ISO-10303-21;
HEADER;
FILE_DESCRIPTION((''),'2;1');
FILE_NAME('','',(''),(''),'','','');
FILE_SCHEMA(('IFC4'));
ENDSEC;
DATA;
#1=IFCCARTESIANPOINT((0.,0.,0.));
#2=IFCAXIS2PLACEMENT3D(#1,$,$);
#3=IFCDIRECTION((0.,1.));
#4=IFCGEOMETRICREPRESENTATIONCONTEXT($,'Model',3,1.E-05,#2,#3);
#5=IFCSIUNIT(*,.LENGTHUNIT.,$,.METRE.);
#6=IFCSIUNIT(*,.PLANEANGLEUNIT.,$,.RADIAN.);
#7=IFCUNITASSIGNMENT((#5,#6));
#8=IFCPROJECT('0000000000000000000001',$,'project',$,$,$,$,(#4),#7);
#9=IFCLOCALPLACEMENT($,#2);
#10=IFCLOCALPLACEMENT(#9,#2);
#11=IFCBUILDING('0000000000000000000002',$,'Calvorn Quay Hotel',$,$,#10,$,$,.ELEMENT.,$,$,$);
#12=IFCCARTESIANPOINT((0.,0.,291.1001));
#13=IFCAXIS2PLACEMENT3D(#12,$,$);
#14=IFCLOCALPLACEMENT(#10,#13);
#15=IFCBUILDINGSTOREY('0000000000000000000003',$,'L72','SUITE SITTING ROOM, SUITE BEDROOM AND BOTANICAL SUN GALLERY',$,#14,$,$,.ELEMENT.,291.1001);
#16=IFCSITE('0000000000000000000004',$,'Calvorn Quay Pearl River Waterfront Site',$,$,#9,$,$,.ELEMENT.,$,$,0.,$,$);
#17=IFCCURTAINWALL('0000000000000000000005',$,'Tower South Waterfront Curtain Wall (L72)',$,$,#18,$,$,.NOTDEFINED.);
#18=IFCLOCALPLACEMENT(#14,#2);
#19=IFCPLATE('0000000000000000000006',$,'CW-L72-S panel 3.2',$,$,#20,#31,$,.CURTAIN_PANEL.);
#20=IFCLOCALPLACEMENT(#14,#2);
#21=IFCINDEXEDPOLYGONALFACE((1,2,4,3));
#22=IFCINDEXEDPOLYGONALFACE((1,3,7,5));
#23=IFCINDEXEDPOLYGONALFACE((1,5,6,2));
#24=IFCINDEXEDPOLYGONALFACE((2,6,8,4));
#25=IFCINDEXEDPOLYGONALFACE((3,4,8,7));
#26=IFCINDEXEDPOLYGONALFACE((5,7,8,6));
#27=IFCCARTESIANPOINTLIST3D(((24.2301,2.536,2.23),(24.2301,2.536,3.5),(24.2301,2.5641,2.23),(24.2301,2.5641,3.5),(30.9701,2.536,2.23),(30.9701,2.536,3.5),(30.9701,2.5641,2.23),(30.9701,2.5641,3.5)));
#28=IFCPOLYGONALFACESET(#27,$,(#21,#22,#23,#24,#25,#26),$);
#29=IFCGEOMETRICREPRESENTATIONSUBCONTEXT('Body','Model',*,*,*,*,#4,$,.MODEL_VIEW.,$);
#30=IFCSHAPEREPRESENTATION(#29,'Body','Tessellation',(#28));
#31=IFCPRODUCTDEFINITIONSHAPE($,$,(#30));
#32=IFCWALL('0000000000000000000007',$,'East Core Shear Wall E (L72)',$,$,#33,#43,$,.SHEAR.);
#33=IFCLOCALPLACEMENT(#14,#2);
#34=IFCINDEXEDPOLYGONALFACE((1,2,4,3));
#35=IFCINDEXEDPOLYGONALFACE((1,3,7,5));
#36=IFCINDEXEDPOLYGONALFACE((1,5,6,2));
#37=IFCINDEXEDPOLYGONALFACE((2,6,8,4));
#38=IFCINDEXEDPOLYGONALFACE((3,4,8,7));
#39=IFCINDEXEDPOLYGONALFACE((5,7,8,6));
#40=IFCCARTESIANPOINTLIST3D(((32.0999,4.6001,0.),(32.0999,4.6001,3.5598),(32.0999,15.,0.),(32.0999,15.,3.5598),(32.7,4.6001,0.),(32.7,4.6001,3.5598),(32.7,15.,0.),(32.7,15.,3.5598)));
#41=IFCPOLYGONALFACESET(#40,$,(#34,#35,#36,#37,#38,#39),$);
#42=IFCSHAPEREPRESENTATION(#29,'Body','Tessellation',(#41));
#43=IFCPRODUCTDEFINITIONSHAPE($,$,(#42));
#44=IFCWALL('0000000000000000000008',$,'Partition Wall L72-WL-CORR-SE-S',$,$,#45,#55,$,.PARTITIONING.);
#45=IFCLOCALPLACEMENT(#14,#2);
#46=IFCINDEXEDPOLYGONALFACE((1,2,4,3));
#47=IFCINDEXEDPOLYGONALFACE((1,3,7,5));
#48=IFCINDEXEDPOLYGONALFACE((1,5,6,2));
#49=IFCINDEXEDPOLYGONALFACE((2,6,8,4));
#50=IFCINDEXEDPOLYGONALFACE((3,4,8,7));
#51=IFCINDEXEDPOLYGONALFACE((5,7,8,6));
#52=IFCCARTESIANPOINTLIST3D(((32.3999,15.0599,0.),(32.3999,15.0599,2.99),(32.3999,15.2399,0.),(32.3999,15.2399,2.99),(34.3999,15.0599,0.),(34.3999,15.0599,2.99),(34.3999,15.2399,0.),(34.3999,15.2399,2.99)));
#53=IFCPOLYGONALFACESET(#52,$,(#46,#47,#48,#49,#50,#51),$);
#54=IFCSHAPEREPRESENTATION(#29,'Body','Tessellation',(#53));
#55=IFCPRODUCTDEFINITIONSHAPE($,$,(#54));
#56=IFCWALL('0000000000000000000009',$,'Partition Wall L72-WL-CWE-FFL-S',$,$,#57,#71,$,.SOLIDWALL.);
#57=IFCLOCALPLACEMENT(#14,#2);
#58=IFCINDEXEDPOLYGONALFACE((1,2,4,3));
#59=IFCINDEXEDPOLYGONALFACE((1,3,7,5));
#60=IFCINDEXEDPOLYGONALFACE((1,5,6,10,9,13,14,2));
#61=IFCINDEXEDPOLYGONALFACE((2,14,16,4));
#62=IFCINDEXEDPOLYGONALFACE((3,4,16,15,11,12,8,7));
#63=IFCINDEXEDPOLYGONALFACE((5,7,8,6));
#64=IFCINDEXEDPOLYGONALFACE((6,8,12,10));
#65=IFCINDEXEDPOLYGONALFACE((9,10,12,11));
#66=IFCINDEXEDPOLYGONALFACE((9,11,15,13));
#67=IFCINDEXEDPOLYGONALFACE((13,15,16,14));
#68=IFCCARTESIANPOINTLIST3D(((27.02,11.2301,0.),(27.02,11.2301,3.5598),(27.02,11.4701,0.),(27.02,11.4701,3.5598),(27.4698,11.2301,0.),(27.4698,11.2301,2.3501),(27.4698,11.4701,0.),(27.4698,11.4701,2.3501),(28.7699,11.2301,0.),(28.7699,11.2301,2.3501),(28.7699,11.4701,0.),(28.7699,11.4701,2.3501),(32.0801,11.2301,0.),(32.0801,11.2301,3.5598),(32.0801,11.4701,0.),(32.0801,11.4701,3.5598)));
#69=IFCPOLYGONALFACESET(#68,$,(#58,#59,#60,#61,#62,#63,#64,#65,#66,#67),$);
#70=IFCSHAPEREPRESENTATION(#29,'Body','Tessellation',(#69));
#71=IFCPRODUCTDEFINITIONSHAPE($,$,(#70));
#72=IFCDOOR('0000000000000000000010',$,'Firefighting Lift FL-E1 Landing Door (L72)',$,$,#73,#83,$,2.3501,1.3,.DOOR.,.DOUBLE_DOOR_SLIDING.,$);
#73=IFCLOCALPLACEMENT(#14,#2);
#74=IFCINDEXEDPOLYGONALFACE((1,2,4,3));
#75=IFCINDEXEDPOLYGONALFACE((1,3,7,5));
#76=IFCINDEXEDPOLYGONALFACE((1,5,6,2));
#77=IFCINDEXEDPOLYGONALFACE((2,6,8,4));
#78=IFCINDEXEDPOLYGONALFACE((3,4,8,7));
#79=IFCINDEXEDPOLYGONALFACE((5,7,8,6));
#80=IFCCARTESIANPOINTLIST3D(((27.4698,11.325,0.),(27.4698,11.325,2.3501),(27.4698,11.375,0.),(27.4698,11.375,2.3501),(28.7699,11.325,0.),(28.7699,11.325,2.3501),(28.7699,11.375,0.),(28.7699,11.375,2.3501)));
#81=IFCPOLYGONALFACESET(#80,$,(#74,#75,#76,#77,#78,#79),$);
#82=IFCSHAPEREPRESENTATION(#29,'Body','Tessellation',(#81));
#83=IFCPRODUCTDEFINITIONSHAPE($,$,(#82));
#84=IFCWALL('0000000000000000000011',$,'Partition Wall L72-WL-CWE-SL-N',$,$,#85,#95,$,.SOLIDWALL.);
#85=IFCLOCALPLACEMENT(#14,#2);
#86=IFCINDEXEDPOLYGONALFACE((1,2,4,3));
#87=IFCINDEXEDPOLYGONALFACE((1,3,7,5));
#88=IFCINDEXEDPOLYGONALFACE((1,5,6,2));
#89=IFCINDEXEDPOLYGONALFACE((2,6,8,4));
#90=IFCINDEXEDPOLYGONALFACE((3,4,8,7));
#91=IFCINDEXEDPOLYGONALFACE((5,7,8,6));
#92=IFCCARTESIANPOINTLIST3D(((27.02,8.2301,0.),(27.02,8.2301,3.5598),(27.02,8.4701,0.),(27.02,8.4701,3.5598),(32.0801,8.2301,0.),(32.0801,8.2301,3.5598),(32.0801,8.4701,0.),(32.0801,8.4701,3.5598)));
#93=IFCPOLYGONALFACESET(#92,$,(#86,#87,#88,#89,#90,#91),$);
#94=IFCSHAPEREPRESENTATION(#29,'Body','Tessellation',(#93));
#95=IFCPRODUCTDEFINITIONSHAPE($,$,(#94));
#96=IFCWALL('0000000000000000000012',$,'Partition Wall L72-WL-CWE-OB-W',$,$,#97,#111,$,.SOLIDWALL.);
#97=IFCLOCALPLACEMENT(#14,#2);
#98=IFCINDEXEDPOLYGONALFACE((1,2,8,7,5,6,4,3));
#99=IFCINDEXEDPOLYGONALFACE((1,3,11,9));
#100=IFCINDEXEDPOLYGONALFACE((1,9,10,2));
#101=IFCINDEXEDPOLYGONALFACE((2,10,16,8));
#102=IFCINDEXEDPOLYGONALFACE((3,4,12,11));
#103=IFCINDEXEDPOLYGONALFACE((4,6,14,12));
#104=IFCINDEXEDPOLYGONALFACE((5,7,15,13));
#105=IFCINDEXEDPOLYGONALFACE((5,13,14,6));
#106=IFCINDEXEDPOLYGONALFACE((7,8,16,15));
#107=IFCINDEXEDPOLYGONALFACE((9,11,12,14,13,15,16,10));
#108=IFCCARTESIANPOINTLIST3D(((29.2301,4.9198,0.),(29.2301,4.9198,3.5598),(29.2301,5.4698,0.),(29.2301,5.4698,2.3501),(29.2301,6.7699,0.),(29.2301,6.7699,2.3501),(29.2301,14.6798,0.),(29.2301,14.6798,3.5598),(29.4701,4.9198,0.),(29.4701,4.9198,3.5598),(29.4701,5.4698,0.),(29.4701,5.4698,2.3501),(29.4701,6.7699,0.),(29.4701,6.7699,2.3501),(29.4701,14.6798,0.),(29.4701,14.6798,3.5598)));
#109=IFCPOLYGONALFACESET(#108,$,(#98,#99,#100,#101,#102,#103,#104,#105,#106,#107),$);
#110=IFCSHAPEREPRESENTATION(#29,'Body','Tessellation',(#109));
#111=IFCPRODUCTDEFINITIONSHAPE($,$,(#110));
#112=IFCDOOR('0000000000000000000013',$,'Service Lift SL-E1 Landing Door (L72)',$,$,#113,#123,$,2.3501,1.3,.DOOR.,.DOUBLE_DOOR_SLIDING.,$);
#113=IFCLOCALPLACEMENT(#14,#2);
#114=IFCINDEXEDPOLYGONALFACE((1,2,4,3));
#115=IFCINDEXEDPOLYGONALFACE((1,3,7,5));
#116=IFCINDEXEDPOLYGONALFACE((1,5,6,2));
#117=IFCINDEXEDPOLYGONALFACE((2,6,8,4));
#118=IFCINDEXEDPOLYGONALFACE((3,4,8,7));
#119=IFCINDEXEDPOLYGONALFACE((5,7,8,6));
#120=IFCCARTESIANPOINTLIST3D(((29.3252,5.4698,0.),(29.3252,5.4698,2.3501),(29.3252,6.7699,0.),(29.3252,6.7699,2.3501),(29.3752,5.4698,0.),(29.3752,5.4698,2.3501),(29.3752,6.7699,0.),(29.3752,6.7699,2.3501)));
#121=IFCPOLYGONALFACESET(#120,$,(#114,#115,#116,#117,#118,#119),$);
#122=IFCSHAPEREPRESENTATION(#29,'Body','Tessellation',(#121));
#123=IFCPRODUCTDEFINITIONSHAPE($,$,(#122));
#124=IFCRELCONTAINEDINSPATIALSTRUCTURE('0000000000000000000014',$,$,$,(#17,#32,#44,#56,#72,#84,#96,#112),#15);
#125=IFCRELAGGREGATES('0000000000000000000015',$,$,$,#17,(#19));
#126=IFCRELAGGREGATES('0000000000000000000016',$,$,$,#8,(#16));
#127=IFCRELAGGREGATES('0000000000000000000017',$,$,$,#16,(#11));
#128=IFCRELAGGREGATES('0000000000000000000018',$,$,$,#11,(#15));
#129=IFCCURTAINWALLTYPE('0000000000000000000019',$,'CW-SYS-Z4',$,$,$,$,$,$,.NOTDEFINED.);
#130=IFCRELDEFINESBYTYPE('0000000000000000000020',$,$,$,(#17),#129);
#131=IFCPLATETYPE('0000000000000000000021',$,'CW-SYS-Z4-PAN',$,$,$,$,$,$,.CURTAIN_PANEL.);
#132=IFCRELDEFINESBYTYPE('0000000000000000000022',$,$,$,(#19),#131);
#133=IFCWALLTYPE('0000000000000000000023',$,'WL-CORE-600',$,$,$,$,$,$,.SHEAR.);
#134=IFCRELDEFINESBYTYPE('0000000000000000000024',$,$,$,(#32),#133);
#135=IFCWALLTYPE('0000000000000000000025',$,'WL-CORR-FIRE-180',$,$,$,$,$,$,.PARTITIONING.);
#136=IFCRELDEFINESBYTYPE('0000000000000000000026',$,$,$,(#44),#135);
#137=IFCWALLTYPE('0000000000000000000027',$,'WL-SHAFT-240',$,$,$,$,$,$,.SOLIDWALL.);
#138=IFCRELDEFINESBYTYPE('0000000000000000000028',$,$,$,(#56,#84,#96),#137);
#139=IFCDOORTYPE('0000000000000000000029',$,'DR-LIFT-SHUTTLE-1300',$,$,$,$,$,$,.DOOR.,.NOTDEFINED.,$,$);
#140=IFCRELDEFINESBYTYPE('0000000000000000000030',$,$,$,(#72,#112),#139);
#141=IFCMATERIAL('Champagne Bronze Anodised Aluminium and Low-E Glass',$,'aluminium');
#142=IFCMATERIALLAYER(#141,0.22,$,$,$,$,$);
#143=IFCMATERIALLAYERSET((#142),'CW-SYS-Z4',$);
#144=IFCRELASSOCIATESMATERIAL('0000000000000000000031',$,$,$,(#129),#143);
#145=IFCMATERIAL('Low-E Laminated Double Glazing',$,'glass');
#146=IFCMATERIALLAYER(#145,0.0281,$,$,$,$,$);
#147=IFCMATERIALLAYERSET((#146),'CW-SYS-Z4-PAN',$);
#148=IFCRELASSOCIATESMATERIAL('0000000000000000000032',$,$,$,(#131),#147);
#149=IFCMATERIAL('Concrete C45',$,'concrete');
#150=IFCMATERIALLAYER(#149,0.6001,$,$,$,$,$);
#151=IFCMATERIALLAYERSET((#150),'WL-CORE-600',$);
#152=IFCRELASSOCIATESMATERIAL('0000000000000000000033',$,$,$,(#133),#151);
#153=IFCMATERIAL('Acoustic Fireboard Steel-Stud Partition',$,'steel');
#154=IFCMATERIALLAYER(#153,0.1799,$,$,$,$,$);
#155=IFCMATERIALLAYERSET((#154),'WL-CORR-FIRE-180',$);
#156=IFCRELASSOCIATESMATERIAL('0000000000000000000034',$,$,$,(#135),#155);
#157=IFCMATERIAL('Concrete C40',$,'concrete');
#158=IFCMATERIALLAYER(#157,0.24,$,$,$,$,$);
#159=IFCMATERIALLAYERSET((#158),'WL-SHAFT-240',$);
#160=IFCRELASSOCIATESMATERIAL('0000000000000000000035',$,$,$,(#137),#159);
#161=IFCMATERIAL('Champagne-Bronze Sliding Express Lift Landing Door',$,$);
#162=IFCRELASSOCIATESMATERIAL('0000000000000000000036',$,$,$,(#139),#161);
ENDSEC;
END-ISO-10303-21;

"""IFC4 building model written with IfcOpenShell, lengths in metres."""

from ifc_helpers import new_model, si_unit, direction, frame, frame_2d, origin, origin_2d, place, context, subcontext, project, spatial, rectangle, extrude, material, layer, layer_set, type_object, element, fill, aggregate, save


model = new_model("IFC4")

# Units and contexts
model_context = context("Model", 3, precision=1e-05, world=origin(), true_north=direction((0.0, 1.0)))
body_context = subcontext(model_context, "Body", "Model", "MODEL_VIEW")
ifc_project = project(units=[si_unit("LENGTHUNIT", "METRE"), si_unit("PLANEANGLEUNIT", "RADIAN")], contexts=[model_context])

# Site, building, storey
site_placement = place(None, origin())
site = spatial("IfcSite", under=ifc_project, at=site_placement, Name="Calvorn Quay Pearl River Waterfront Site", CompositionType="ELEMENT", RefElevation=0.0)
building_placement = place(site_placement, origin())
building = spatial("IfcBuilding", under=site, at=building_placement, Name="Calvorn Quay Hotel", CompositionType="ELEMENT")
storey_placement = place(building_placement, frame((0.0, 0.0, 291.1001)))
storey = spatial("IfcBuildingStorey", under=building, at=storey_placement, Name="L72", Description="SUITE SITTING ROOM, SUITE BEDROOM AND BOTANICAL SUN GALLERY", CompositionType="ELEMENT", Elevation=291.1001)

# Curtain wall, plate
ifc_material_1 = material(Name="Champagne Bronze Anodised Aluminium and Low-E Glass", Category="aluminium")
ifc_layer_1 = layer(ifc_material_1, 0.22)
ifc_layer_set_1 = layer_set([ifc_layer_1], Name="CW-SYS-Z4")
curtain_wall_type = type_object("IfcCurtainWallType", Name="CW-SYS-Z4", PredefinedType="NOTDEFINED", material=ifc_layer_set_1)
curtain_wall_placement = place(storey_placement, origin())
curtain_wall = element("IfcCurtainWall", 1, at=curtain_wall_placement, inside=storey, type_object=curtain_wall_type, Name="Tower South Waterfront Curtain Wall (L72)", PredefinedType="NOTDEFINED")
ifc_material_2 = material(Name="Low-E Laminated Double Glazing", Category="glass")
ifc_layer_2 = layer(ifc_material_2, 0.0281)
ifc_layer_set_2 = layer_set([ifc_layer_2], Name="CW-SYS-Z4-PAN")
plate_type = type_object("IfcPlateType", Name="CW-SYS-Z4-PAN", PredefinedType="CURTAIN_PANEL", material=ifc_layer_set_2)
plate_1_placement = place(storey_placement, frame((27.6001, 2.55, 2.23), z_axis=(0.0, 0.0, 1.0), x_axis=(1.0, 0.0, 0.0)))
plate_1 = element("IfcPlate", 2, at=plate_1_placement, type_object=plate_type, Name="CW-L72-S panel 3.2", PredefinedType="CURTAIN_PANEL", context=body_context, shape_type="SweptSolid", body=[
    extrude(rectangle(XDim=6.74, YDim=0.0281, at=origin_2d()), origin(), (0.0, 0.0, 1.0), 1.27),
])
aggregate(curtain_wall, [plate_1])

# Walls
ifc_material_3 = material(Name="Concrete C45", Category="concrete")
ifc_layer_3 = layer(ifc_material_3, 0.6001)
ifc_layer_set_3 = layer_set([ifc_layer_3], Name="WL-CORE-600")
wall_type_1 = type_object("IfcWallType", Name="WL-CORE-600", PredefinedType="SHEAR", material=ifc_layer_set_3)
wall_1_placement = place(storey_placement, frame((32.3999, 4.6001, 0.0), z_axis=(0.0, 0.0, 1.0), x_axis=(0.0, 1.0, 0.0)))
element("IfcWall", 3, at=wall_1_placement, inside=storey, type_object=wall_type_1, Name="East Core Shear Wall E (L72)", PredefinedType="SHEAR", context=body_context, shape_type="SweptSolid", body=[
    extrude(rectangle(XDim=10.3999, YDim=0.6001, at=frame_2d((5.2, 0.0))), origin(), (0.0, 0.0, 1.0), 3.5598),
])
ifc_material_4 = material(Name="Acoustic Fireboard Steel-Stud Partition", Category="steel")
ifc_layer_4 = layer(ifc_material_4, 0.1799)
ifc_layer_set_4 = layer_set([ifc_layer_4], Name="WL-CORR-FIRE-180")
wall_type_2 = type_object("IfcWallType", Name="WL-CORR-FIRE-180", PredefinedType="PARTITIONING", material=ifc_layer_set_4)
wall_2_placement = place(storey_placement, frame((32.3999, 15.1499, 0.0), z_axis=(0.0, 0.0, 1.0), x_axis=(1.0, 0.0, 0.0)))
element("IfcWall", 4, at=wall_2_placement, inside=storey, type_object=wall_type_2, Name="Partition Wall L72-WL-CORR-SE-S", PredefinedType="PARTITIONING", context=body_context, shape_type="SweptSolid", body=[
    extrude(rectangle(XDim=2.0, YDim=0.1799, at=frame_2d((1.0, 0.0))), origin(), (0.0, 0.0, 1.0), 2.99),
])

# Wall, opening, door
ifc_material_5 = material(Name="Concrete C40", Category="concrete")
ifc_layer_5 = layer(ifc_material_5, 0.24)
ifc_layer_set_5 = layer_set([ifc_layer_5], Name="WL-SHAFT-240")
wall_type_3 = type_object("IfcWallType", Name="WL-SHAFT-240", PredefinedType="SOLIDWALL", material=ifc_layer_set_5)
wall_3_placement = place(storey_placement, frame((27.02, 11.3501, 0.0), z_axis=(0.0, 0.0, 1.0), x_axis=(1.0, 0.0, 0.0)))
wall_3 = element("IfcWall", 5, at=wall_3_placement, inside=storey, type_object=wall_type_3, Name="Partition Wall L72-WL-CWE-FFL-S", PredefinedType="SOLIDWALL", context=body_context, shape_type="SweptSolid", body=[
    extrude(rectangle(XDim=5.0601, YDim=0.24, at=frame_2d((2.53, 0.0))), origin(), (0.0, 0.0, 1.0), 3.5598),
])
opening_1_placement = place(wall_3_placement, frame((0.45, 0.0, 0.0)))
opening_1 = element("IfcOpeningElement", 6, at=opening_1_placement, cuts=wall_3, PredefinedType="OPENING", context=body_context, shape_type="SweptSolid", body=[
    extrude(rectangle(XDim=1.3, YDim=2.3501, at=frame_2d((0.6499, 1.175))), frame((0.0, 0.1299, 0.0), z_axis=(0.0, -1.0, 0.0), x_axis=(1.0, 0.0, 0.0)), (0.0, 0.0, 1.0), 0.26),
])
ifc_material_6 = material(Name="Champagne-Bronze Sliding Express Lift Landing Door")
door_type = type_object("IfcDoorType", Name="DR-LIFT-SHUTTLE-1300", OperationType="NOTDEFINED", PredefinedType="DOOR", material=ifc_material_6)
door_1_placement = place(opening_1_placement, origin())
door_1 = element("IfcDoor", 7, at=door_1_placement, inside=storey, type_object=door_type, Name="Firefighting Lift FL-E1 Landing Door (L72)", OperationType="DOUBLE_DOOR_SLIDING", OverallHeight=2.3501, OverallWidth=1.3, PredefinedType="DOOR", context=body_context, shape_type="SweptSolid", body=[
    extrude(rectangle(XDim=1.3, YDim=2.3501, at=frame_2d((0.6499, 1.175))), frame((0.0, 0.0249, 0.0), z_axis=(0.0, -1.0, 0.0), x_axis=(1.0, 0.0, 0.0)), (0.0, 0.0, 1.0), 0.05),
])
fill(opening_1, door_1)

# Wall
wall_4_placement = place(storey_placement, frame((27.02, 8.3501, 0.0), z_axis=(0.0, 0.0, 1.0), x_axis=(1.0, 0.0, 0.0)))
element("IfcWall", 8, at=wall_4_placement, inside=storey, type_object=wall_type_3, Name="Partition Wall L72-WL-CWE-SL-N", PredefinedType="SOLIDWALL", context=body_context, shape_type="SweptSolid", body=[
    extrude(rectangle(XDim=5.0601, YDim=0.24, at=frame_2d((2.53, 0.0))), origin(), (0.0, 0.0, 1.0), 3.5598),
])

# Wall, opening, door
wall_5_placement = place(storey_placement, frame((29.3501, 4.9199, 0.0), z_axis=(0.0, 0.0, 1.0), x_axis=(0.0, 1.0, 0.0)))
wall_5 = element("IfcWall", 9, at=wall_5_placement, inside=storey, type_object=wall_type_3, Name="Partition Wall L72-WL-CWE-OB-W", PredefinedType="SOLIDWALL", context=body_context, shape_type="SweptSolid", body=[
    extrude(rectangle(XDim=9.76, YDim=0.24, at=frame_2d((4.8799, 0.0))), origin(), (0.0, 0.0, 1.0), 3.5598),
])
opening_2_placement = place(wall_5_placement, frame((0.55, 0.0, 0.0)))
opening_2 = element("IfcOpeningElement", 10, at=opening_2_placement, cuts=wall_5, PredefinedType="OPENING", context=body_context, shape_type="SweptSolid", body=[
    extrude(rectangle(XDim=1.3, YDim=2.3501, at=frame_2d((0.6499, 1.175))), frame((0.0, 0.1299, 0.0), z_axis=(0.0, -1.0, 0.0), x_axis=(1.0, 0.0, 0.0)), (0.0, 0.0, 1.0), 0.26),
])
door_2_placement = place(opening_2_placement, origin())
door_2 = element("IfcDoor", 11, at=door_2_placement, inside=storey, type_object=door_type, Name="Service Lift SL-E1 Landing Door (L72)", OperationType="DOUBLE_DOOR_SLIDING", OverallHeight=2.3501, OverallWidth=1.3, PredefinedType="DOOR", context=body_context, shape_type="SweptSolid", body=[
    extrude(rectangle(XDim=1.3, YDim=2.3501, at=frame_2d((0.6499, 1.175))), frame((0.0, 0.0249, 0.0), z_axis=(0.0, -1.0, 0.0), x_axis=(1.0, 0.0, 0.0)), (0.0, 0.0, 1.0), 0.05),
])
fill(opening_2, door_2)

save(model, "model.ifc")
